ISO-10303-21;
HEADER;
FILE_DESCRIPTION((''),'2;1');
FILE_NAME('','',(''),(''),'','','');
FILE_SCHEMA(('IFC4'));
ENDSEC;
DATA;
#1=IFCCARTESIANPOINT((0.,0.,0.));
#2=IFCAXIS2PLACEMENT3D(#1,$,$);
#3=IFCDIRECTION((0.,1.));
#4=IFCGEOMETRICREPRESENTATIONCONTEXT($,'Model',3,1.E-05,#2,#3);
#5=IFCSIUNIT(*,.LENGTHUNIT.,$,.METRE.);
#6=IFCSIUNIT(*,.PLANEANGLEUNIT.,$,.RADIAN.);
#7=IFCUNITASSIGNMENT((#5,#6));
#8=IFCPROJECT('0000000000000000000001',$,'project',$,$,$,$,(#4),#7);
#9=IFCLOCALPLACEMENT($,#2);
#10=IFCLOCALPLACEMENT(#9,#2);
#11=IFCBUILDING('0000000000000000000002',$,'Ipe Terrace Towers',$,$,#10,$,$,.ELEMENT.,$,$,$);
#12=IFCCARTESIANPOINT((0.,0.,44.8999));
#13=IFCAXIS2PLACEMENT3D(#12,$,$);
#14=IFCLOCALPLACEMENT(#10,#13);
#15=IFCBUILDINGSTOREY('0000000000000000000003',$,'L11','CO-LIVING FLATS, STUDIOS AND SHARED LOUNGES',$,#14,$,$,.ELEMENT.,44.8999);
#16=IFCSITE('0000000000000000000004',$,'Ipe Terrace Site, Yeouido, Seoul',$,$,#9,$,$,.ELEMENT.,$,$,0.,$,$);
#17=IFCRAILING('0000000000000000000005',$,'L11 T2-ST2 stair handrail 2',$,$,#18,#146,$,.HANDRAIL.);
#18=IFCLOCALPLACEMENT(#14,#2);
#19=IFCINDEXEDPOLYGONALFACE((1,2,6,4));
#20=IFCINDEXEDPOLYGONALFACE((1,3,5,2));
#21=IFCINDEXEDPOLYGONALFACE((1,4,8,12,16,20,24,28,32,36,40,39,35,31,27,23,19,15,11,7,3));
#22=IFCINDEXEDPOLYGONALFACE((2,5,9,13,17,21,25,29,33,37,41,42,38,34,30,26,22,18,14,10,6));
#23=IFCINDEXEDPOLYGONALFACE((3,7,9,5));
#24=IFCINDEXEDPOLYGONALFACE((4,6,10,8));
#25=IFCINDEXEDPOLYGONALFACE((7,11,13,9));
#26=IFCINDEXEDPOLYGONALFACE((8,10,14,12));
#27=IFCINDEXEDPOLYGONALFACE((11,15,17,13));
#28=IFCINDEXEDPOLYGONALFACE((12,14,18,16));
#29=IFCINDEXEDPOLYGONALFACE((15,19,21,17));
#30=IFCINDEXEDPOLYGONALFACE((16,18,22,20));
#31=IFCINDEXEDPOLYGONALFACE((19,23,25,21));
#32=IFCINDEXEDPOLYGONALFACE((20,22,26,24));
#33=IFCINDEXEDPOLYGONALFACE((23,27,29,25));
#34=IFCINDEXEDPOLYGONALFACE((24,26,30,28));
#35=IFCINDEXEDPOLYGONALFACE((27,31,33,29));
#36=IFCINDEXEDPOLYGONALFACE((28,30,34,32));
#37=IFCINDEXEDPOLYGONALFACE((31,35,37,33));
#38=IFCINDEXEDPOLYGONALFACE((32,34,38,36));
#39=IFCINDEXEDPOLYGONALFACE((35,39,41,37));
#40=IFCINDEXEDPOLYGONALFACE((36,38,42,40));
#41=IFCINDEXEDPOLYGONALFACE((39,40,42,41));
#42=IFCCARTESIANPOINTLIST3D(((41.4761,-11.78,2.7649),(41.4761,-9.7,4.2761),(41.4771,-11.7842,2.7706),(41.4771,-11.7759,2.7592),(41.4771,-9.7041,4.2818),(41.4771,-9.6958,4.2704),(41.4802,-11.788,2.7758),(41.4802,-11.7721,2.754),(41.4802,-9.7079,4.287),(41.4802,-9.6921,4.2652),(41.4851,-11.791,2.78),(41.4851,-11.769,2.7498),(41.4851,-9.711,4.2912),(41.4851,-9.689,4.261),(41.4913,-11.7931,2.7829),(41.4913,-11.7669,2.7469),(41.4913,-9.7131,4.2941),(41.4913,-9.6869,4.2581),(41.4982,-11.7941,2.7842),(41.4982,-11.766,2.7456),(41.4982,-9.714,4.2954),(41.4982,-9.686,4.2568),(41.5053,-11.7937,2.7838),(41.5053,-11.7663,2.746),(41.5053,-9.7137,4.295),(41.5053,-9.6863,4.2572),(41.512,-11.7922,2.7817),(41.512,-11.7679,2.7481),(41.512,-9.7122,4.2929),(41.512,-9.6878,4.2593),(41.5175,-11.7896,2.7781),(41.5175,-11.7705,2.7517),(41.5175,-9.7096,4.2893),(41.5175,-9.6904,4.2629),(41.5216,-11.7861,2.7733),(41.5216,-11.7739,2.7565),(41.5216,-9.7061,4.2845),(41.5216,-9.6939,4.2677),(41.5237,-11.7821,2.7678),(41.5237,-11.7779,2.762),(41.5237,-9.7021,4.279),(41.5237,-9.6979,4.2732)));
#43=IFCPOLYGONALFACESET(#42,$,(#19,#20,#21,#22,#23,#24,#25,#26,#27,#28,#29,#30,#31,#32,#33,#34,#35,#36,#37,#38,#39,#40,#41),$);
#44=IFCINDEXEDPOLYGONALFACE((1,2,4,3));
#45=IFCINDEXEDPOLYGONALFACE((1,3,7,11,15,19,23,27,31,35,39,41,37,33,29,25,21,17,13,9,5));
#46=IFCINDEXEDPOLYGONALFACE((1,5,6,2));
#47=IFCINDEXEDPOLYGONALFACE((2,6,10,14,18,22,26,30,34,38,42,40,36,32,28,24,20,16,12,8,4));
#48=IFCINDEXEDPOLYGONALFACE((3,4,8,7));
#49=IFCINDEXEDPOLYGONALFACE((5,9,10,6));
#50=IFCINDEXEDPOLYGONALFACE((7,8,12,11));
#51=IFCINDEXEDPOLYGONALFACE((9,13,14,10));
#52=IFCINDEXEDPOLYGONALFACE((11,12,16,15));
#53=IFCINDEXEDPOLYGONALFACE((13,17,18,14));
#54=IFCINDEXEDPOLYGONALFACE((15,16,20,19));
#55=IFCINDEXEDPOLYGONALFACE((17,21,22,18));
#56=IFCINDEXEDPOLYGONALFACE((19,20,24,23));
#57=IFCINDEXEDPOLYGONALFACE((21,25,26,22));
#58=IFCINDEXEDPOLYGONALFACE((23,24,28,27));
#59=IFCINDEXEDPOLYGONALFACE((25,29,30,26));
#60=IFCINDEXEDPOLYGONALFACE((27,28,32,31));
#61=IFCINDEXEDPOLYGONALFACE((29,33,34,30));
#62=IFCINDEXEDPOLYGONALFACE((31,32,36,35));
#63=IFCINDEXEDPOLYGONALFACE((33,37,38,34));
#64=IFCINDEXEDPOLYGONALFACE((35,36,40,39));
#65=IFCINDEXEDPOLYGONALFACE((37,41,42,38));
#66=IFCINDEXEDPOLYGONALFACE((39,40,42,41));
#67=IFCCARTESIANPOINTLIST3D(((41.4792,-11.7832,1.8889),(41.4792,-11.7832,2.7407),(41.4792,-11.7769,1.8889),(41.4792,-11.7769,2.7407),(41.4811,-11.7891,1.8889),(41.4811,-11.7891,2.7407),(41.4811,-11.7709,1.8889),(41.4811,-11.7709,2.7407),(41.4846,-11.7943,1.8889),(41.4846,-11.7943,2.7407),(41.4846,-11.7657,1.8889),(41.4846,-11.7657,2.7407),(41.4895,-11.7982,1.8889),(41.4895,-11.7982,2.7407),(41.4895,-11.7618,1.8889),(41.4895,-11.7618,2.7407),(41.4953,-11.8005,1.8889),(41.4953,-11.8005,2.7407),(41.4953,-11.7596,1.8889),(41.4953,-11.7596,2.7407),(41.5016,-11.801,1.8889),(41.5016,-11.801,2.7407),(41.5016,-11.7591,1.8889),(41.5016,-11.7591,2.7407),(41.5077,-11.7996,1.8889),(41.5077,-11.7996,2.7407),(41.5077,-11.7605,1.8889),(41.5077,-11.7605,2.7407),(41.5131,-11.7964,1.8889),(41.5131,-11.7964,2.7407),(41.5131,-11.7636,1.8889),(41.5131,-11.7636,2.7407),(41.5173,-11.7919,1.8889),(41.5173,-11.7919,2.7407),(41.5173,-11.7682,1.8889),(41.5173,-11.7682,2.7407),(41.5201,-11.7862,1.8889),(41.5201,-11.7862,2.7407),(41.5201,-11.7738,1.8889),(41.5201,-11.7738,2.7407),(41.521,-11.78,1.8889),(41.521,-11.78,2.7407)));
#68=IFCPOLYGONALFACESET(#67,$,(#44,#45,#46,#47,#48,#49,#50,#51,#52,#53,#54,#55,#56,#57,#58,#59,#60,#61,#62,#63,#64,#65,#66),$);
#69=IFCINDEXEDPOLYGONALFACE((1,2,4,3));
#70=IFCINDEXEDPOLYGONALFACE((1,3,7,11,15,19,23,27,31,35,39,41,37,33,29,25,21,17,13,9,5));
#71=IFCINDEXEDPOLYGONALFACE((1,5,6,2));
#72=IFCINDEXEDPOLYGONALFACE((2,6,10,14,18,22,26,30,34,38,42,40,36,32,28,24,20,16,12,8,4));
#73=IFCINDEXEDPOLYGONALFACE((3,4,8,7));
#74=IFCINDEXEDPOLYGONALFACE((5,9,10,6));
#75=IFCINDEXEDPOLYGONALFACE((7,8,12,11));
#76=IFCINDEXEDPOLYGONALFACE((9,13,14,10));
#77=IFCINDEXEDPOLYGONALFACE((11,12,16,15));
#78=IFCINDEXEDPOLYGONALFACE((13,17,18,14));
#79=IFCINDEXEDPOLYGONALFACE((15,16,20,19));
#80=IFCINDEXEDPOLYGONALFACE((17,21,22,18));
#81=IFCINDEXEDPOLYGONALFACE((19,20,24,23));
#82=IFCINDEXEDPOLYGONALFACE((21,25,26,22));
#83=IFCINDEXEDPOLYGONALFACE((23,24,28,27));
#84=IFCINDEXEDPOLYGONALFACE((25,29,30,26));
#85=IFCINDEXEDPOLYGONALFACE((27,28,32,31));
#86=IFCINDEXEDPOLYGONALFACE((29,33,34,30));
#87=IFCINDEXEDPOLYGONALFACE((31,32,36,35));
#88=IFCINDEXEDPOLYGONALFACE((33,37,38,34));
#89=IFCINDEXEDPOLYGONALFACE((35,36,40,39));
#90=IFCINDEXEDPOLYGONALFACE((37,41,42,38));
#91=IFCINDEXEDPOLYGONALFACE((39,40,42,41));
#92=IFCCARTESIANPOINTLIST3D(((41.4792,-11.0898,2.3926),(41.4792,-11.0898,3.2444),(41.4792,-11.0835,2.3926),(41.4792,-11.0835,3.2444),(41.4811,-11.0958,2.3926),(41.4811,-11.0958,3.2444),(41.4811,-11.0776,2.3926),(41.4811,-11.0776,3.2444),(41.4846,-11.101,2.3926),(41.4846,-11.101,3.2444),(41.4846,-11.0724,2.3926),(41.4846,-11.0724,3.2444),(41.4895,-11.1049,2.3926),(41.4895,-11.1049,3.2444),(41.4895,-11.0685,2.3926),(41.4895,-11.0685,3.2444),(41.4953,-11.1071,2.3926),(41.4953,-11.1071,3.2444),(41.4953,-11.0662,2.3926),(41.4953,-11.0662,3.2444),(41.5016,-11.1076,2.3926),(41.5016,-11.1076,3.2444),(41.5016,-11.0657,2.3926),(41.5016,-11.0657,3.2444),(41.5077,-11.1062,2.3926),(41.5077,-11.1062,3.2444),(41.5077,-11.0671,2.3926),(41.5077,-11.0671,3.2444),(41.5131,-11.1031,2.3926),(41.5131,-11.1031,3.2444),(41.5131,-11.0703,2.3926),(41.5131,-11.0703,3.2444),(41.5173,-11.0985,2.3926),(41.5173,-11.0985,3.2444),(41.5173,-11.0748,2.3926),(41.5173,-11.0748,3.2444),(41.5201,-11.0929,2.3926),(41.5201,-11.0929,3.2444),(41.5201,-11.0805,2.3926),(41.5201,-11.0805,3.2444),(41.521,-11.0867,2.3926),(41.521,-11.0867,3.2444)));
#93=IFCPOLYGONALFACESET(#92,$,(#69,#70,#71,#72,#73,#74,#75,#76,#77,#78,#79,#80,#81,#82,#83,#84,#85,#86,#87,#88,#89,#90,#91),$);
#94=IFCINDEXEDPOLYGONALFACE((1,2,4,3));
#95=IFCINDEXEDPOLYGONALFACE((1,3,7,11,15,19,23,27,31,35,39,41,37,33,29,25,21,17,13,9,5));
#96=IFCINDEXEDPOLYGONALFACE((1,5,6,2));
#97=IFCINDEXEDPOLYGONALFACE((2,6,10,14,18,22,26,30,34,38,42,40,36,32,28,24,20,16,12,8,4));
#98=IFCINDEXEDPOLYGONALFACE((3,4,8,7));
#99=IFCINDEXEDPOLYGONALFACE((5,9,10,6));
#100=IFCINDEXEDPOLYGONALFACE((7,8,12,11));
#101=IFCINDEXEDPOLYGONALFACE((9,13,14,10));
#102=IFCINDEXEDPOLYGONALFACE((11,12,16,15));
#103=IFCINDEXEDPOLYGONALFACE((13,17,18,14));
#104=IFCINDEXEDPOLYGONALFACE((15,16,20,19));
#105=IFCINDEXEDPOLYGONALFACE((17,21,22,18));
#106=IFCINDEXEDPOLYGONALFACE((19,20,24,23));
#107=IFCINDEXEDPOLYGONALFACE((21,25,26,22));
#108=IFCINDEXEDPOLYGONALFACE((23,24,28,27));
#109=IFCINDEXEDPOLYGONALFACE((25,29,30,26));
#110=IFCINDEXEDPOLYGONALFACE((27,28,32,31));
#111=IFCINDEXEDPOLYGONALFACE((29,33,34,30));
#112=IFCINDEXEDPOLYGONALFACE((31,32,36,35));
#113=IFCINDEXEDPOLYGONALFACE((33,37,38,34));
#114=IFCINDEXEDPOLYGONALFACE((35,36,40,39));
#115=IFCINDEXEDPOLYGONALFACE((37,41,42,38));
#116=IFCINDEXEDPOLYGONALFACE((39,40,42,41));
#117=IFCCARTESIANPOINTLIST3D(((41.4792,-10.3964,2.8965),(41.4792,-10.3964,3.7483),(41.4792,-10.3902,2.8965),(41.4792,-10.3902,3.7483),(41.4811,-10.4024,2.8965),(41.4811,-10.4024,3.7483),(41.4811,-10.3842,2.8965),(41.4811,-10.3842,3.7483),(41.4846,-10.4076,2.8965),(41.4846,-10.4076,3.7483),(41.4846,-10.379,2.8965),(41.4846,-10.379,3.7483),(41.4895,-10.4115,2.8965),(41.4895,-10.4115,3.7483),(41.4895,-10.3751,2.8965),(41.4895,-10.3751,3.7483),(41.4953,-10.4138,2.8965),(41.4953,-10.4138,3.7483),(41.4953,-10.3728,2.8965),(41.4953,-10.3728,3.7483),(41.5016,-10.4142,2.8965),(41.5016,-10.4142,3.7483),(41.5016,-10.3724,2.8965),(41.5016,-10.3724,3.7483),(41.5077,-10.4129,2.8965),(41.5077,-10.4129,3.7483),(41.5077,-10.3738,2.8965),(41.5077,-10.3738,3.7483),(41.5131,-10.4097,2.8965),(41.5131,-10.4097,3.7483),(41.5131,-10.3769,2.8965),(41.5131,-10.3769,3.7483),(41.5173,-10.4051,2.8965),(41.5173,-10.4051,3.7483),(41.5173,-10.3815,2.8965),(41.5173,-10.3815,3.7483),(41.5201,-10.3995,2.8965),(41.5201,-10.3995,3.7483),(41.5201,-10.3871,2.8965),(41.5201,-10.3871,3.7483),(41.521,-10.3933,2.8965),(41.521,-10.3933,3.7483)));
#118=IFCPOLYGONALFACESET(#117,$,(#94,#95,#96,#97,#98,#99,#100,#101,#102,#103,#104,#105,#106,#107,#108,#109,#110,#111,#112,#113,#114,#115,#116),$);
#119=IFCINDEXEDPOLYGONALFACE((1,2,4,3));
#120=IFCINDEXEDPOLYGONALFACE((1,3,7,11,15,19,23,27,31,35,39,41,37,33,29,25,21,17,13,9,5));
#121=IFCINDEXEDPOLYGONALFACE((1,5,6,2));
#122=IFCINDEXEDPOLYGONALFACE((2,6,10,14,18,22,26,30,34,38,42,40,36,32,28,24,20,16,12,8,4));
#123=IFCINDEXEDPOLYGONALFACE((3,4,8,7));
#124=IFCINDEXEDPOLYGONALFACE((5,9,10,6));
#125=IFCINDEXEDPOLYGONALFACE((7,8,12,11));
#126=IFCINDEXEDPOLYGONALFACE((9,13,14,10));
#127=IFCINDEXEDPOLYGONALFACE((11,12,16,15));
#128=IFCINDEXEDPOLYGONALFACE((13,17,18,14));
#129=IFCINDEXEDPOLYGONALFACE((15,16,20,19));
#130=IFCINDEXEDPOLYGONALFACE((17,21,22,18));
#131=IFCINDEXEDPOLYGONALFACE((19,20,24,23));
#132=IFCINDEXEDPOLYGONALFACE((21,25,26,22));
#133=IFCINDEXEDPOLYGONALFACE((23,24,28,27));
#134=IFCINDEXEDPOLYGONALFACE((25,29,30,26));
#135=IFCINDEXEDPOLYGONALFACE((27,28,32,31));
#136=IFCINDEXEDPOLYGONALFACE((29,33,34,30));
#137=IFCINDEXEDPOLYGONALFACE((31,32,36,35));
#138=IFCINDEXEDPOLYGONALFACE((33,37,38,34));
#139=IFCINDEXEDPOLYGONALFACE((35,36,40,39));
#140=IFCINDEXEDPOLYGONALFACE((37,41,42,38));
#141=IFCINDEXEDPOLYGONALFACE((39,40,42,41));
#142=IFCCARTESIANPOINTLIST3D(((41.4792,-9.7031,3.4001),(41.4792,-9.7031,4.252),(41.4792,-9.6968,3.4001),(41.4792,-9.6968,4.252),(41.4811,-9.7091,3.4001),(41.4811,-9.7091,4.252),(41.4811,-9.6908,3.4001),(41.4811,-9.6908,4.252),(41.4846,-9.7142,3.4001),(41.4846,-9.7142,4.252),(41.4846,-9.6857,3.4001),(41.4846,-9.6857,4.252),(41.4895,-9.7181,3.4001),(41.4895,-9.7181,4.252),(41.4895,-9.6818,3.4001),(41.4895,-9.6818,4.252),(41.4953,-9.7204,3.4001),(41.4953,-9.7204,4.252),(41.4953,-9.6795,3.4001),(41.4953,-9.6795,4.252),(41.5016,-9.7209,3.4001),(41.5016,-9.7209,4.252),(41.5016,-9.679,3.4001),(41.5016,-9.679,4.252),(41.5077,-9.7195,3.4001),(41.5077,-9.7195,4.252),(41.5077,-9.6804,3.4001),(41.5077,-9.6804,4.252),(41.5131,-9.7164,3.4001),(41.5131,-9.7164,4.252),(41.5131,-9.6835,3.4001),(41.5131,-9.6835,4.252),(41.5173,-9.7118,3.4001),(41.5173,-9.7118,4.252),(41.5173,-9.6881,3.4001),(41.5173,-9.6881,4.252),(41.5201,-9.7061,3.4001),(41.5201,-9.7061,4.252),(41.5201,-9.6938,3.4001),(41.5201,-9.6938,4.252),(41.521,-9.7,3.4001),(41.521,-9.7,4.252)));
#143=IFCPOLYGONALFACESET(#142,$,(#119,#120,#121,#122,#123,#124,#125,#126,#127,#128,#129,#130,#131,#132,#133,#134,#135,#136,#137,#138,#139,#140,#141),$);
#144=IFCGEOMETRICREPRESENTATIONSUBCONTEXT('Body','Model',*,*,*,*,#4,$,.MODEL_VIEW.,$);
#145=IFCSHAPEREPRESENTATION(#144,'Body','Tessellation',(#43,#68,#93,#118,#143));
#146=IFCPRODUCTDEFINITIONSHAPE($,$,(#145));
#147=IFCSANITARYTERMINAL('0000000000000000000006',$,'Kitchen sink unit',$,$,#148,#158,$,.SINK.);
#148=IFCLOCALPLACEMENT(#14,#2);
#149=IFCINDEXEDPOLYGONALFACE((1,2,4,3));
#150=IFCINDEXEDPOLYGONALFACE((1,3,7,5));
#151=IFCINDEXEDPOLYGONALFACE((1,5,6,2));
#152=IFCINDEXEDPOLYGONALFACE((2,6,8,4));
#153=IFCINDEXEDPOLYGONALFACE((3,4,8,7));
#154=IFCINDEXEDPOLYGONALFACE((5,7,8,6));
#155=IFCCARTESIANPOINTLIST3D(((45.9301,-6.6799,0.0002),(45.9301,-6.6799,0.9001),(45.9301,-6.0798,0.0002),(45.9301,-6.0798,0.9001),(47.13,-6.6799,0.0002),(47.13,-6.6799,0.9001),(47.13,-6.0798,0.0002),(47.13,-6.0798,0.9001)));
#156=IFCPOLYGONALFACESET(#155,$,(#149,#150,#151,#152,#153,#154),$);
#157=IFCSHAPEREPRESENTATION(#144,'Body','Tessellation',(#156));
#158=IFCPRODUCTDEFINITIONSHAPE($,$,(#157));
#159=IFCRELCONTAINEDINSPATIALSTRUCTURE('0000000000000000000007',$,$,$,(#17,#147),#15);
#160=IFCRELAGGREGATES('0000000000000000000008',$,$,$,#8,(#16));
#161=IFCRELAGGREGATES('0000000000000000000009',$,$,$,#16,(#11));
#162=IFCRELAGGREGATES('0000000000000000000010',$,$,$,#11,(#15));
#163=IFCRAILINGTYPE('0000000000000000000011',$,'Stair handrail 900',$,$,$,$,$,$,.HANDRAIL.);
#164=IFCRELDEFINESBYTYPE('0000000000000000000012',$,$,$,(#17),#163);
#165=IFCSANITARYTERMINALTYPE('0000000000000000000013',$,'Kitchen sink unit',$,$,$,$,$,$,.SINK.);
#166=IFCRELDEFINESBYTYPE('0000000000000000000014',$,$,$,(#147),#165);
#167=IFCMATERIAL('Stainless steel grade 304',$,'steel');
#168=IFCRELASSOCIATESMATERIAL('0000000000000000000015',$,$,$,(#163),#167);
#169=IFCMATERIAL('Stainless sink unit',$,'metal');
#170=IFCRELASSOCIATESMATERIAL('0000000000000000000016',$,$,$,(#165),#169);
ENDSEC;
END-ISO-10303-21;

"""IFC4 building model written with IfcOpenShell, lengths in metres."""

from ifc_helpers import new_model, si_unit, direction, frame, origin, origin_2d, place, context, subcontext, project, spatial, rectangle, circle, extrude, material, type_object, element, save


model = new_model("IFC4")

# Units and contexts
model_context = context("Model", 3, precision=1e-05, world=origin(), true_north=direction((0.0, 1.0)))
body_context = subcontext(model_context, "Body", "Model", "MODEL_VIEW")
ifc_project = project(units=[si_unit("LENGTHUNIT", "METRE"), si_unit("PLANEANGLEUNIT", "RADIAN")], contexts=[model_context])

# Site, building, storey
site_placement = place(None, origin())
site = spatial("IfcSite", under=ifc_project, at=site_placement, Name="Ipe Terrace Site, Yeouido, Seoul", CompositionType="ELEMENT", RefElevation=0.0)
building_placement = place(site_placement, origin())
building = spatial("IfcBuilding", under=site, at=building_placement, Name="Ipe Terrace Towers", CompositionType="ELEMENT")
storey_placement = place(building_placement, frame((0.0, 0.0, 44.8999)))
storey = spatial("IfcBuildingStorey", under=building, at=storey_placement, Name="L11", Description="CO-LIVING FLATS, STUDIOS AND SHARED LOUNGES", CompositionType="ELEMENT", Elevation=44.8999)

# Railing
ifc_material_1 = material(Name="Stainless steel grade 304", Category="steel")
railing_type_1 = type_object("IfcRailingType", Name="Stair handrail 900", PredefinedType="HANDRAIL", material=ifc_material_1)
railing_1_placement = place(storey_placement, frame((41.5, -11.78, 1.8889)))
element("IfcRailing", 1, at=railing_1_placement, inside=storey, type_object=railing_type_1, Name="L11 T2-ST2 stair handrail 2", PredefinedType="HANDRAIL", context=body_context, shape_type="SweptSolid", body=[
    extrude(circle(Radius=0.0239, at=origin_2d()), frame((0.0, 0.0, 0.876), z_axis=(0.0, 0.809023, 0.587776), x_axis=(-1.0, 0.0, 0.0)), (0.0, 0.0, 1.0), 2.571),
    extrude(circle(Radius=0.021, at=origin_2d()), origin(), (0.0, 0.0, 1.0), 0.8518),
    extrude(circle(Radius=0.021, at=origin_2d()), frame((0.0, 0.6934, 0.5037)), (0.0, 0.0, 1.0), 0.8518),
    extrude(circle(Radius=0.021, at=origin_2d()), frame((0.0, 1.3867, 1.0076)), (0.0, 0.0, 1.0), 0.8518),
    extrude(circle(Radius=0.021, at=origin_2d()), frame((0.0, 2.0801, 1.5112)), (0.0, 0.0, 1.0), 0.8518),
])

# Sanitary terminal
ifc_material_2 = material(Name="Stainless sink unit", Category="metal")
sanitary_terminal_type = type_object("IfcSanitaryTerminalType", Name="Kitchen sink unit", PredefinedType="SINK", material=ifc_material_2)
sanitary_terminal_placement = place(storey_placement, frame((46.53, -6.3799, 0.0002), z_axis=(0.0, 0.0, 1.0), x_axis=(-1.0, 0.0, 0.0)))
element("IfcSanitaryTerminal", 2, at=sanitary_terminal_placement, inside=storey, type_object=sanitary_terminal_type, Name="Kitchen sink unit", PredefinedType="SINK", context=body_context, shape_type="SweptSolid", body=[
    extrude(rectangle(XDim=1.2, YDim=0.6001, at=origin_2d()), origin(), (0.0, 0.0, 1.0), 0.8999),
])

save(model, "model.ifc")
